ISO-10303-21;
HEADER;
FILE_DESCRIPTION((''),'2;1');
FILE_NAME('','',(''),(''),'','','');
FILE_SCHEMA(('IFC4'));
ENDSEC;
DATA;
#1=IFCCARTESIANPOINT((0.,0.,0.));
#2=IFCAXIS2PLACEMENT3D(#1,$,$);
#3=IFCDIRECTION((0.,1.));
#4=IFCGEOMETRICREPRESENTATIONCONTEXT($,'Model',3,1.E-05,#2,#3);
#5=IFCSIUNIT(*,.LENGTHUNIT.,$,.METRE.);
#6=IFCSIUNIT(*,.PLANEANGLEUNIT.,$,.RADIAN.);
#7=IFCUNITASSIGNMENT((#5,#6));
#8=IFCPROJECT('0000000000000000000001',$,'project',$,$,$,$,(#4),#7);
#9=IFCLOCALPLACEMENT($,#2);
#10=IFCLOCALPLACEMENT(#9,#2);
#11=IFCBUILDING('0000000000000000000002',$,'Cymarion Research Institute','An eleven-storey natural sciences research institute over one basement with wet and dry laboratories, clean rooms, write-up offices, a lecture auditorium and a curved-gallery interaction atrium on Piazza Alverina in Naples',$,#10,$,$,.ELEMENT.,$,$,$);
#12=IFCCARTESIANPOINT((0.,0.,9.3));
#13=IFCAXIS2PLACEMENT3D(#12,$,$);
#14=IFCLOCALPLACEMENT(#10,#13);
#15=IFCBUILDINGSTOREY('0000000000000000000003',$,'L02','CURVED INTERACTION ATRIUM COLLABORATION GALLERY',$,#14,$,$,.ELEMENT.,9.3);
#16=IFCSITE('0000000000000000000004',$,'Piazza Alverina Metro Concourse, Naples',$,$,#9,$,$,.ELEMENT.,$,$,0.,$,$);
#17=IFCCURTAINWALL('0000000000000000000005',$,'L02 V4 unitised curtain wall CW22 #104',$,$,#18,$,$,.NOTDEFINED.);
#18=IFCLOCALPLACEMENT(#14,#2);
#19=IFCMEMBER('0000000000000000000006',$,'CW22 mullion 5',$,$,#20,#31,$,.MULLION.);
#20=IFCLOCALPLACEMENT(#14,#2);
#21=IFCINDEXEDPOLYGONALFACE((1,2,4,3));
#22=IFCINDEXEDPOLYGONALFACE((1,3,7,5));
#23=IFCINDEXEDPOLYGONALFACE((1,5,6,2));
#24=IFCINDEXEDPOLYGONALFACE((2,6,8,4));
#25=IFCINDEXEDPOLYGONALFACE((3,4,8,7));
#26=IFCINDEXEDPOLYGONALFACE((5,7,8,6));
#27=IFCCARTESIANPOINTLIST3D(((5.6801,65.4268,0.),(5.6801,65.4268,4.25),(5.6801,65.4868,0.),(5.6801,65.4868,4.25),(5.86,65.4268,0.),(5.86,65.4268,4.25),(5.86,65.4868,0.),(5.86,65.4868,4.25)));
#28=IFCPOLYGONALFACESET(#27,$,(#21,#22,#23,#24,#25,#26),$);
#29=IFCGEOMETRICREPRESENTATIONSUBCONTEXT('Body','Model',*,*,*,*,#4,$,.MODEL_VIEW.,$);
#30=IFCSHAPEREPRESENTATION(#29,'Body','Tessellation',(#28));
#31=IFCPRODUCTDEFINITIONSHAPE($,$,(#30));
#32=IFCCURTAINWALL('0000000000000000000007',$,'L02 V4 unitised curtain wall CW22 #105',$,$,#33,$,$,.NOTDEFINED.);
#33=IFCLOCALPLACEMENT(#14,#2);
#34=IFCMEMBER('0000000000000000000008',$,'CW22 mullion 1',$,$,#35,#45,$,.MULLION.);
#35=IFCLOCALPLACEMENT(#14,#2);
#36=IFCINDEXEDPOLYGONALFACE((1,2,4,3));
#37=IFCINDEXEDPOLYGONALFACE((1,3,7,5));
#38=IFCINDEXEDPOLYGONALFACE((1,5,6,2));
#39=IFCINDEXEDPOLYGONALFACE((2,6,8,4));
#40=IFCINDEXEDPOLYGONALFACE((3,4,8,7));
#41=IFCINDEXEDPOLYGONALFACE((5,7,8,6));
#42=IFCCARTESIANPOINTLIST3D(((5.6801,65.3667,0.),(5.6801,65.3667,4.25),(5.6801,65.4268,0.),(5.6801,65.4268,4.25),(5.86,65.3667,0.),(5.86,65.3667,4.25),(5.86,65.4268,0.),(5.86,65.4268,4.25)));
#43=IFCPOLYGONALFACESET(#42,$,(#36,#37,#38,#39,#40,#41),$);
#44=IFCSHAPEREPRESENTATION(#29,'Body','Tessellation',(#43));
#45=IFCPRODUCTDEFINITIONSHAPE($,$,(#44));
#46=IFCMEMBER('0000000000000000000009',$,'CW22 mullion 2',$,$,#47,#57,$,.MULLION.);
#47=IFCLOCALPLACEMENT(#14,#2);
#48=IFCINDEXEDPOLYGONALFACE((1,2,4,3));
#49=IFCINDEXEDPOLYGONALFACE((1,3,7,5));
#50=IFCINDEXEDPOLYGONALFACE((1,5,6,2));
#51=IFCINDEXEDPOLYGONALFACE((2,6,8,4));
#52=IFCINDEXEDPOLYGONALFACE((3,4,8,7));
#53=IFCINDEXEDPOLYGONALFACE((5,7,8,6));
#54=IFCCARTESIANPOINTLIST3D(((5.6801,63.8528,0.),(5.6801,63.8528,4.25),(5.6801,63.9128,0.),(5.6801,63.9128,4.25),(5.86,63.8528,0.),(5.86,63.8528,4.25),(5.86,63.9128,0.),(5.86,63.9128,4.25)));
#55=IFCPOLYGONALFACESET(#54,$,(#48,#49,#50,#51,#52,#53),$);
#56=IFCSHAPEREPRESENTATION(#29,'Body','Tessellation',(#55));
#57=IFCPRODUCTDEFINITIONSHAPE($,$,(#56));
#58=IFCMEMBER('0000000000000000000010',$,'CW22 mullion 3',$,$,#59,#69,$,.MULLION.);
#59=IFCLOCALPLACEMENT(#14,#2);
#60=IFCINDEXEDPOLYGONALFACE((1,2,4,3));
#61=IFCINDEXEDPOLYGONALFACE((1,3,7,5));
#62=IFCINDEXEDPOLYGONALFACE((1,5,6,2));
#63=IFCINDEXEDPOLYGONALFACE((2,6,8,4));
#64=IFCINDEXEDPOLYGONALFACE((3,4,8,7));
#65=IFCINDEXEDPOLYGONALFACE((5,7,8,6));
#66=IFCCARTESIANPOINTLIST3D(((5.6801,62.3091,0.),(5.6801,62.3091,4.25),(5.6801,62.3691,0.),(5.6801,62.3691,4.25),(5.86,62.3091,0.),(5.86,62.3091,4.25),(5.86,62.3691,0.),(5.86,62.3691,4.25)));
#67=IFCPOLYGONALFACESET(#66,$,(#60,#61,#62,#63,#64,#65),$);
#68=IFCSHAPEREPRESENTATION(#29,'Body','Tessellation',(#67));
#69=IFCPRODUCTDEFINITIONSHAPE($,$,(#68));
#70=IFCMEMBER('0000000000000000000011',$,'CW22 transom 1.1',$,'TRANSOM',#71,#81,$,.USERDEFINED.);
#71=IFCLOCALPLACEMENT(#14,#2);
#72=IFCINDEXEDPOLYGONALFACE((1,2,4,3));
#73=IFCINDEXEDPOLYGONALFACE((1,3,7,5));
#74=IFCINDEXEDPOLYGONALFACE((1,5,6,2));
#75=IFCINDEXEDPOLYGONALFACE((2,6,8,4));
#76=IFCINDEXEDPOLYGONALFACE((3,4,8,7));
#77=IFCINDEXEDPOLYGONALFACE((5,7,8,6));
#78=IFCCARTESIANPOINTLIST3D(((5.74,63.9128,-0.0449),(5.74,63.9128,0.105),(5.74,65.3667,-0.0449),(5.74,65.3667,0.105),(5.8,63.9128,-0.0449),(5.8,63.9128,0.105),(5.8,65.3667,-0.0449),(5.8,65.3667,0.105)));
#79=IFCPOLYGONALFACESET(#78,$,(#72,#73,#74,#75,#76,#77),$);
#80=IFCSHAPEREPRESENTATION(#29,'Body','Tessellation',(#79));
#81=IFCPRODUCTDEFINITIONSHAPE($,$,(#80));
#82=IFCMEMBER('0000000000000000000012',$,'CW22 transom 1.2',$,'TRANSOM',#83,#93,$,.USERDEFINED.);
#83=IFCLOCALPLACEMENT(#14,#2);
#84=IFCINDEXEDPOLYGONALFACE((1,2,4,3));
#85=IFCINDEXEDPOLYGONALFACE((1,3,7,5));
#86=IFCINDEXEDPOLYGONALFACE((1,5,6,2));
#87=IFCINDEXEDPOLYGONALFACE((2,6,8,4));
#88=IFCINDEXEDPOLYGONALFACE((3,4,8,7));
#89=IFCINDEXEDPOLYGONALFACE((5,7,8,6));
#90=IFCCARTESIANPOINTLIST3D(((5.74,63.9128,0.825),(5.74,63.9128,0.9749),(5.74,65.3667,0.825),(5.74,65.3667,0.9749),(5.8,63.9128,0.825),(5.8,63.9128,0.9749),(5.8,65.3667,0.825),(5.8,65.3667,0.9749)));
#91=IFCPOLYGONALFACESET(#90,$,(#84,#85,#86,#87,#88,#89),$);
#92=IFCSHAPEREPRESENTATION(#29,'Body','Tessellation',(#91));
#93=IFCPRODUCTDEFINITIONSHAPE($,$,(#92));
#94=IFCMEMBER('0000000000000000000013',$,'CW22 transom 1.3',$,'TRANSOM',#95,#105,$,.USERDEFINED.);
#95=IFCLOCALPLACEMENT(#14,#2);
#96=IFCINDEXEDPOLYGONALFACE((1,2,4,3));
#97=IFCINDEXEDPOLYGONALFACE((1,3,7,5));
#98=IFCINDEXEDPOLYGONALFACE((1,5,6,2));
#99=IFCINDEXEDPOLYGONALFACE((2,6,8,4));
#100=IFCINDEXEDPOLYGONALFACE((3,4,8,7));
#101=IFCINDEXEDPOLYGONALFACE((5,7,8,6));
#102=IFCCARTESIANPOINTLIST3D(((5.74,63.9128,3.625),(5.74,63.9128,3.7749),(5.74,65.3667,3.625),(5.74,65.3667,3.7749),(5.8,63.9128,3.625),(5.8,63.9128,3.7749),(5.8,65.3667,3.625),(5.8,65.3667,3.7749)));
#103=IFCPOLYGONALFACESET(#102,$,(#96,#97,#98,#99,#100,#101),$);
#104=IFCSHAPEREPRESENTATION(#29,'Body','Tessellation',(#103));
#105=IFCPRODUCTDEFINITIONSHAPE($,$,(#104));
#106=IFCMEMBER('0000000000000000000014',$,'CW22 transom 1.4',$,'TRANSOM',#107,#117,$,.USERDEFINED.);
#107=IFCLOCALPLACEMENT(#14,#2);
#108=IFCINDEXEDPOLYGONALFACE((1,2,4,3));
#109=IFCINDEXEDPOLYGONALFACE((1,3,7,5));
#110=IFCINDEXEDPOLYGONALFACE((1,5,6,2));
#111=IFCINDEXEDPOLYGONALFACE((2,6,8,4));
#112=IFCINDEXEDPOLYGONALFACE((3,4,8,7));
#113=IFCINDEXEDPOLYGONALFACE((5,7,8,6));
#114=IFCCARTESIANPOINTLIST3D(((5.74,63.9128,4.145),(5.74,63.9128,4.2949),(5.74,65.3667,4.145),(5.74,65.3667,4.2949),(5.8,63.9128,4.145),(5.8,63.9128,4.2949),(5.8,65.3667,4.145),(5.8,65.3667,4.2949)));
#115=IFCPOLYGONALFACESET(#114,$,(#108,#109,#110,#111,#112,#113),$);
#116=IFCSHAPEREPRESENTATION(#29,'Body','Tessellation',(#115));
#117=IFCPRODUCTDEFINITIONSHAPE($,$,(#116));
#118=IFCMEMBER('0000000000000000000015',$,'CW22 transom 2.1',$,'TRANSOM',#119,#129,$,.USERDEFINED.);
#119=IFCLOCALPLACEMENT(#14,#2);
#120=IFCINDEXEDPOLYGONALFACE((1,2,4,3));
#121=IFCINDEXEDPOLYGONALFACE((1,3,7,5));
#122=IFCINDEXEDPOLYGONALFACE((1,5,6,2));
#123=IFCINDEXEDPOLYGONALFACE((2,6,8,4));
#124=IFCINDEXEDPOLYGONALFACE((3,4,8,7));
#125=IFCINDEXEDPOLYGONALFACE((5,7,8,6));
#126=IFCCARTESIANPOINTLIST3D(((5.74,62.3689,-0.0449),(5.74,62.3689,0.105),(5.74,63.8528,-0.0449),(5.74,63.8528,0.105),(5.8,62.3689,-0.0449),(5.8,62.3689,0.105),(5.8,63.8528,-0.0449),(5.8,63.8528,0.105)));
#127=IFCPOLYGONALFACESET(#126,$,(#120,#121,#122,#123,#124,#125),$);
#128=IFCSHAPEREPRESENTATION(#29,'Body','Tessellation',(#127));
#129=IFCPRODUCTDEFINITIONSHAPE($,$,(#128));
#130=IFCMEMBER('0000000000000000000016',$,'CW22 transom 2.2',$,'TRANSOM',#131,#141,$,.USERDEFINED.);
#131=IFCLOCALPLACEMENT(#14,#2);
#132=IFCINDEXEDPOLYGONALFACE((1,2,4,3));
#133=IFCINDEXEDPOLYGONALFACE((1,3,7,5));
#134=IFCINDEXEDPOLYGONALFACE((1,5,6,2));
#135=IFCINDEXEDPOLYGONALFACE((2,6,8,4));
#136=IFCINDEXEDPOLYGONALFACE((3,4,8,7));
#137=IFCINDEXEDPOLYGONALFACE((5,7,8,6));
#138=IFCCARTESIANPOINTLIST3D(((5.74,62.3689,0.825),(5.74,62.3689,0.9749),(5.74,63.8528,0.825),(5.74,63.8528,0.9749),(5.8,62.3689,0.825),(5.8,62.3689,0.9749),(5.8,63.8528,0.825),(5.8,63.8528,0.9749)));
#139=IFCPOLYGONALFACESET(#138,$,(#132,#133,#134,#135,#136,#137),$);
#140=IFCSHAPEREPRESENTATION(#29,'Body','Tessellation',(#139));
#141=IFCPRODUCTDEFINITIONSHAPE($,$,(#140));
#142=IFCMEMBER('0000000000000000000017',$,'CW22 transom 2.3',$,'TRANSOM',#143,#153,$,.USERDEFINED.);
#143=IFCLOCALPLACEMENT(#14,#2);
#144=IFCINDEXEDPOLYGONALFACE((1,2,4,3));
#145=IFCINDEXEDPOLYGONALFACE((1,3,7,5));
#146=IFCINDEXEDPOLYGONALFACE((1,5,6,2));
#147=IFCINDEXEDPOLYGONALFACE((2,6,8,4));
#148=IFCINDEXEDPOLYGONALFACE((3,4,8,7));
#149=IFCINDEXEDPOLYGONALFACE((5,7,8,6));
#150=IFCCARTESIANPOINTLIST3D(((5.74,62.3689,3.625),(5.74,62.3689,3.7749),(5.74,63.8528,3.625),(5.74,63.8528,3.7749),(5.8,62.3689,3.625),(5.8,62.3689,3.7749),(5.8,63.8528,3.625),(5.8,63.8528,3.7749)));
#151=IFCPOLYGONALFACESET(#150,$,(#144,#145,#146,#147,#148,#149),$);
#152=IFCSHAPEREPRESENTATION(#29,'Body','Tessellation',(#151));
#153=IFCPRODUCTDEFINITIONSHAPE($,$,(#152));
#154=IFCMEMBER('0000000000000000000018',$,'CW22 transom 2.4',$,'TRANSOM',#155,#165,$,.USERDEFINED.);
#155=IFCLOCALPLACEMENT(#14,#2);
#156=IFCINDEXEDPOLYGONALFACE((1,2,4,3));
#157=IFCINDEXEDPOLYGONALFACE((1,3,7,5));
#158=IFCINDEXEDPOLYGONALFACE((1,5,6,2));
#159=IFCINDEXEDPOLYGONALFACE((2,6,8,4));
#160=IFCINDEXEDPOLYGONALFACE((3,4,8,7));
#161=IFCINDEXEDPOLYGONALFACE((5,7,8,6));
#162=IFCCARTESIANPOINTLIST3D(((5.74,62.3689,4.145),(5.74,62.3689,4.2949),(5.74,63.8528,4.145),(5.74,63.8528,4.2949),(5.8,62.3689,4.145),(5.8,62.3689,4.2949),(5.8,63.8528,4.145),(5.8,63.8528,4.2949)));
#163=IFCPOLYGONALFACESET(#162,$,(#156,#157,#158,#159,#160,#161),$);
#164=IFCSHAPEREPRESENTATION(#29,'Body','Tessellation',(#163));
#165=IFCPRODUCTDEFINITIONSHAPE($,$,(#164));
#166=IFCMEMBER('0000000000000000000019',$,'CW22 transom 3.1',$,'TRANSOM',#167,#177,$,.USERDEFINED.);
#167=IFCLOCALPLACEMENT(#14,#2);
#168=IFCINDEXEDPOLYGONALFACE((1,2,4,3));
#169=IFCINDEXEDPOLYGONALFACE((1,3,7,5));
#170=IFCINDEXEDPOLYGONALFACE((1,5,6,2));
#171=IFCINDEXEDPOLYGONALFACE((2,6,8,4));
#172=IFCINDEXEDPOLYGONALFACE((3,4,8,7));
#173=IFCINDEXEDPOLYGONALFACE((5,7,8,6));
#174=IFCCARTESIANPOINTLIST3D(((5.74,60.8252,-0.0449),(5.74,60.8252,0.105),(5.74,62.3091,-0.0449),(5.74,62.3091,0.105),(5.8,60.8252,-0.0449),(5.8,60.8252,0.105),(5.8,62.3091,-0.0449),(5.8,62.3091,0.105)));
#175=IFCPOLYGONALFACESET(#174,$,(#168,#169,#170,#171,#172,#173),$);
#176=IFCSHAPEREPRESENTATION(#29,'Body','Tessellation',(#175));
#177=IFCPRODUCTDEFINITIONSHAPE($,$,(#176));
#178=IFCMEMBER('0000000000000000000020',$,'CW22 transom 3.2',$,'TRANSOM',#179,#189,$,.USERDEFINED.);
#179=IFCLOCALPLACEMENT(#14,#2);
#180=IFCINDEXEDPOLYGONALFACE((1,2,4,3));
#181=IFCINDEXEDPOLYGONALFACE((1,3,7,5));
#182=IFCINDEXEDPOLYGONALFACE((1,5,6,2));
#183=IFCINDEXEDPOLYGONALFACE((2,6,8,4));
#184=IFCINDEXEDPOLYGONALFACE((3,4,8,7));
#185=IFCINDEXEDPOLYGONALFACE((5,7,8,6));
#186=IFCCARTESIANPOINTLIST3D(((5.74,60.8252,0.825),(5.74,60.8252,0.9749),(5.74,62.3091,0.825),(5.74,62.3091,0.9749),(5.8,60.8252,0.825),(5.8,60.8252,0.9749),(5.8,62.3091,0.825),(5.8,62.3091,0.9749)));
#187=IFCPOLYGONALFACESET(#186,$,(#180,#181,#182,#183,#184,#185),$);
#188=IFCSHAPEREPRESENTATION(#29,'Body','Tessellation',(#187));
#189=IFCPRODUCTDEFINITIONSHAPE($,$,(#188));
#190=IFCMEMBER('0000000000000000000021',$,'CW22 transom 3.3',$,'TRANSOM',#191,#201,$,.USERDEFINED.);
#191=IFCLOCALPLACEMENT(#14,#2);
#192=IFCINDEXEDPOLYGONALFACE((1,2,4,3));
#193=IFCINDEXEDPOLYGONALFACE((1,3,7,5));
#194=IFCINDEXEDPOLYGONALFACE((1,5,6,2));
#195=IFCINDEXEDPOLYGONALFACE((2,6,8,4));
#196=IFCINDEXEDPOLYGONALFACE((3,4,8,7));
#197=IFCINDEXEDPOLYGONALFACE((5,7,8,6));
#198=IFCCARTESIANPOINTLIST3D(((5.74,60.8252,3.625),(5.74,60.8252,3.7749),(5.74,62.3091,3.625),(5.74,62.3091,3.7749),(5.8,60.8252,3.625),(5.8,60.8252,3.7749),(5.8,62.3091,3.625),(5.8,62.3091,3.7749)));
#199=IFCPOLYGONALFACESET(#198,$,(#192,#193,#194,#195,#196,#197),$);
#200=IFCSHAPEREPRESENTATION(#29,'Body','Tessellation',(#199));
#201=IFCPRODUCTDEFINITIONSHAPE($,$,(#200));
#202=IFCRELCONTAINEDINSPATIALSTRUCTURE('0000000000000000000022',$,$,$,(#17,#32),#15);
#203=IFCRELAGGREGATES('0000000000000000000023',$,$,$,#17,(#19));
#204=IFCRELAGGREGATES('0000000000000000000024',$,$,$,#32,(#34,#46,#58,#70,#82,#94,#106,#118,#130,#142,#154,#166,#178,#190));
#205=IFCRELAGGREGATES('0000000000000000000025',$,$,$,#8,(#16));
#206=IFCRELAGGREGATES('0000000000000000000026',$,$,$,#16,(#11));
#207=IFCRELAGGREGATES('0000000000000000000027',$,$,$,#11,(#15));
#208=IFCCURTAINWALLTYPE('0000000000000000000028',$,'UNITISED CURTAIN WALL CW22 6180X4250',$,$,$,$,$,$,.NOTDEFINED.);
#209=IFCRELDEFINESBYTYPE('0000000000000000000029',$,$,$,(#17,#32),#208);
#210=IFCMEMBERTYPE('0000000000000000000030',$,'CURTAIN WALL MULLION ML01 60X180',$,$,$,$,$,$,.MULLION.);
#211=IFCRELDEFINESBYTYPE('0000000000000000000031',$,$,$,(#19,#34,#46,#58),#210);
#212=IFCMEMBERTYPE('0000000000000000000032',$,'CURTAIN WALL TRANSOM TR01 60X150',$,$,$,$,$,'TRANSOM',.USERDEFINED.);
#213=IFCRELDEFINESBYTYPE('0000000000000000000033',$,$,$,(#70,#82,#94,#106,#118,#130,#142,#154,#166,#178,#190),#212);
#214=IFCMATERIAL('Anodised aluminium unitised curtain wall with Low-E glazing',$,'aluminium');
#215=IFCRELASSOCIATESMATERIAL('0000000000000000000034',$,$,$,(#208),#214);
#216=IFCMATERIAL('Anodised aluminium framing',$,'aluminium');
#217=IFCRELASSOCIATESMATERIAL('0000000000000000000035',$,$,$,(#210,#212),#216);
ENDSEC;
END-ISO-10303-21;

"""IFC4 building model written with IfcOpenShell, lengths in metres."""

from ifc_helpers import new_model, si_unit, direction, frame, origin, origin_2d, place, context, subcontext, project, spatial, rectangle, extrude, material, material_profile, profile_set, type_object, element, aggregate, save


model = new_model("IFC4")

# Units and contexts
model_context = context("Model", 3, precision=1e-05, world=origin(), true_north=direction((0.0, 1.0)))
body_context = subcontext(model_context, "Body", "Model", "MODEL_VIEW")
ifc_project = project(units=[si_unit("LENGTHUNIT", "METRE"), si_unit("PLANEANGLEUNIT", "RADIAN")], contexts=[model_context])

# Site, building, storey
site_placement = place(None, origin())
site = spatial("IfcSite", under=ifc_project, at=site_placement, Name="Piazza Alverina Metro Concourse, Naples", CompositionType="ELEMENT", RefElevation=0.0)
building_placement = place(site_placement, origin())
building = spatial("IfcBuilding", under=site, at=building_placement, Name="Cymarion Research Institute", Description="An eleven-storey natural sciences research institute over one basement with wet and dry laboratories, clean rooms, write-up offices, a lecture auditorium and a curved-gallery interaction atrium on Piazza Alverina in Naples", CompositionType="ELEMENT")
storey_placement = place(building_placement, frame((0.0, 0.0, 9.3)))
storey = spatial("IfcBuildingStorey", under=building, at=storey_placement, Name="L02", Description="CURVED INTERACTION ATRIUM COLLABORATION GALLERY", CompositionType="ELEMENT", Elevation=9.3)

# Curtain wall, member
ifc_material_1 = material(Name="Anodised aluminium unitised curtain wall with Low-E glazing", Category="aluminium")
curtain_wall_type = type_object("IfcCurtainWallType", Name="UNITISED CURTAIN WALL CW22 6180X4250", PredefinedType="NOTDEFINED", material=ifc_material_1)
curtain_wall_1_placement = place(storey_placement, origin())
curtain_wall_1 = element("IfcCurtainWall", 1, at=curtain_wall_1_placement, inside=storey, type_object=curtain_wall_type, Name="L02 V4 unitised curtain wall CW22 #104", PredefinedType="NOTDEFINED")
ifc_material_2 = material(Name="Anodised aluminium framing", Category="aluminium")
ifc_material_profile_1 = material_profile(ifc_material_2, rectangle(XDim=0.0601, YDim=0.1799, at=origin_2d()), Name="ALU MULLION 60x180")
ifc_profile_set_1 = profile_set([ifc_material_profile_1], Name="Anodised aluminium framing")
member_type_1 = type_object("IfcMemberType", Name="CURTAIN WALL MULLION ML01 60X180", PredefinedType="MULLION", material=ifc_profile_set_1)
member_1_placement = place(storey_placement, frame((5.77, 65.4568, 0.0), z_axis=(0.0, 0.0, 1.0), x_axis=(0.0, -1.0, 0.0)))
member_1 = element("IfcMember", 2, at=member_1_placement, type_object=member_type_1, Name="CW22 mullion 5", PredefinedType="MULLION", context=body_context, shape_type="SweptSolid", body=[
    extrude(rectangle(XDim=0.0601, YDim=0.1799, at=origin_2d()), origin(), (0.0, 0.0, 1.0), 4.25),
])
aggregate(curtain_wall_1, [member_1])

# Curtain wall, members
curtain_wall_2_placement = place(storey_placement, origin())
curtain_wall_2 = element("IfcCurtainWall", 3, at=curtain_wall_2_placement, inside=storey, type_object=curtain_wall_type, Name="L02 V4 unitised curtain wall CW22 #105", PredefinedType="NOTDEFINED")
member_2_placement = place(storey_placement, frame((5.77, 65.3967, 0.0), z_axis=(0.0, 0.0, 1.0), x_axis=(0.0, -1.0, 0.0)))
member_2 = element("IfcMember", 4, at=member_2_placement, type_object=member_type_1, Name="CW22 mullion 1", PredefinedType="MULLION", context=body_context, shape_type="SweptSolid", body=[
    extrude(rectangle(XDim=0.0601, YDim=0.1799, at=origin_2d()), origin(), (0.0, 0.0, 1.0), 4.25),
])
member_3_placement = place(storey_placement, frame((5.77, 63.8828, 0.0), z_axis=(0.0, 0.0, 1.0), x_axis=(0.0, -1.0, 0.0)))
member_3 = element("IfcMember", 5, at=member_3_placement, type_object=member_type_1, Name="CW22 mullion 2", PredefinedType="MULLION", context=body_context, shape_type="SweptSolid", body=[
    extrude(rectangle(XDim=0.0601, YDim=0.1799, at=origin_2d()), origin(), (0.0, 0.0, 1.0), 4.25),
])
member_4_placement = place(storey_placement, frame((5.77, 62.3391, 0.0), z_axis=(0.0, 0.0, 1.0), x_axis=(0.0, -1.0, 0.0)))
member_4 = element("IfcMember", 6, at=member_4_placement, type_object=member_type_1, Name="CW22 mullion 3", PredefinedType="MULLION", context=body_context, shape_type="SweptSolid", body=[
    extrude(rectangle(XDim=0.0601, YDim=0.1799, at=origin_2d()), origin(), (0.0, 0.0, 1.0), 4.25),
])
ifc_material_profile_2 = material_profile(ifc_material_2, rectangle(XDim=0.0601, YDim=0.1499, at=origin_2d()), Name="ALU TRANSOM 60x150")
ifc_profile_set_2 = profile_set([ifc_material_profile_2], Name="Anodised aluminium framing")
member_type_2 = type_object("IfcMemberType", Name="CURTAIN WALL TRANSOM TR01 60X150", ElementType="TRANSOM", PredefinedType="USERDEFINED", material=ifc_profile_set_2)
member_5_placement = place(storey_placement, frame((5.77, 65.3667, 0.03), z_axis=(0.0, -1.0, 0.0), x_axis=(1.0, 0.0, 0.0)))
member_5 = element("IfcMember", 7, at=member_5_placement, type_object=member_type_2, Name="CW22 transom 1.1", ObjectType="TRANSOM", PredefinedType="USERDEFINED", context=body_context, shape_type="SweptSolid", body=[
    extrude(rectangle(XDim=0.0601, YDim=0.1499, at=origin_2d()), origin(), (0.0, 0.0, 1.0), 1.4539),
])
member_6_placement = place(storey_placement, frame((5.77, 65.3667, 0.8999), z_axis=(0.0, -1.0, 0.0), x_axis=(1.0, 0.0, 0.0)))
member_6 = element("IfcMember", 8, at=member_6_placement, type_object=member_type_2, Name="CW22 transom 1.2", ObjectType="TRANSOM", PredefinedType="USERDEFINED", context=body_context, shape_type="SweptSolid", body=[
    extrude(rectangle(XDim=0.0601, YDim=0.1499, at=origin_2d()), origin(), (0.0, 0.0, 1.0), 1.4539),
])
member_7_placement = place(storey_placement, frame((5.77, 65.3667, 3.7), z_axis=(0.0, -1.0, 0.0), x_axis=(1.0, 0.0, 0.0)))
member_7 = element("IfcMember", 9, at=member_7_placement, type_object=member_type_2, Name="CW22 transom 1.3", ObjectType="TRANSOM", PredefinedType="USERDEFINED", context=body_context, shape_type="SweptSolid", body=[
    extrude(rectangle(XDim=0.0601, YDim=0.1499, at=origin_2d()), origin(), (0.0, 0.0, 1.0), 1.4539),
])
member_8_placement = place(storey_placement, frame((5.77, 65.3667, 4.22), z_axis=(0.0, -1.0, 0.0), x_axis=(1.0, 0.0, 0.0)))
member_8 = element("IfcMember", 10, at=member_8_placement, type_object=member_type_2, Name="CW22 transom 1.4", ObjectType="TRANSOM", PredefinedType="USERDEFINED", context=body_context, shape_type="SweptSolid", body=[
    extrude(rectangle(XDim=0.0601, YDim=0.1499, at=origin_2d()), origin(), (0.0, 0.0, 1.0), 1.4539),
])
member_9_placement = place(storey_placement, frame((5.77, 63.8528, 0.03), z_axis=(0.0, -1.0, 0.0), x_axis=(1.0, 0.0, 0.0)))
member_9 = element("IfcMember", 11, at=member_9_placement, type_object=member_type_2, Name="CW22 transom 2.1", ObjectType="TRANSOM", PredefinedType="USERDEFINED", context=body_context, shape_type="SweptSolid", body=[
    extrude(rectangle(XDim=0.0601, YDim=0.1499, at=origin_2d()), origin(), (0.0, 0.0, 1.0), 1.4839),
])
member_10_placement = place(storey_placement, frame((5.77, 63.8528, 0.8999), z_axis=(0.0, -1.0, 0.0), x_axis=(1.0, 0.0, 0.0)))
member_10 = element("IfcMember", 12, at=member_10_placement, type_object=member_type_2, Name="CW22 transom 2.2", ObjectType="TRANSOM", PredefinedType="USERDEFINED", context=body_context, shape_type="SweptSolid", body=[
    extrude(rectangle(XDim=0.0601, YDim=0.1499, at=origin_2d()), origin(), (0.0, 0.0, 1.0), 1.4839),
])
member_11_placement = place(storey_placement, frame((5.77, 63.8528, 3.7), z_axis=(0.0, -1.0, 0.0), x_axis=(1.0, 0.0, 0.0)))
member_11 = element("IfcMember", 13, at=member_11_placement, type_object=member_type_2, Name="CW22 transom 2.3", ObjectType="TRANSOM", PredefinedType="USERDEFINED", context=body_context, shape_type="SweptSolid", body=[
    extrude(rectangle(XDim=0.0601, YDim=0.1499, at=origin_2d()), origin(), (0.0, 0.0, 1.0), 1.4839),
])
member_12_placement = place(storey_placement, frame((5.77, 63.8528, 4.22), z_axis=(0.0, -1.0, 0.0), x_axis=(1.0, 0.0, 0.0)))
member_12 = element("IfcMember", 14, at=member_12_placement, type_object=member_type_2, Name="CW22 transom 2.4", ObjectType="TRANSOM", PredefinedType="USERDEFINED", context=body_context, shape_type="SweptSolid", body=[
    extrude(rectangle(XDim=0.0601, YDim=0.1499, at=origin_2d()), origin(), (0.0, 0.0, 1.0), 1.4839),
])
member_13_placement = place(storey_placement, frame((5.77, 62.3091, 0.03), z_axis=(0.0, -1.0, 0.0), x_axis=(1.0, 0.0, 0.0)))
member_13 = element("IfcMember", 15, at=member_13_placement, type_object=member_type_2, Name="CW22 transom 3.1", ObjectType="TRANSOM", PredefinedType="USERDEFINED", context=body_context, shape_type="SweptSolid", body=[
    extrude(rectangle(XDim=0.0601, YDim=0.1499, at=origin_2d()), origin(), (0.0, 0.0, 1.0), 1.4839),
])
member_14_placement = place(storey_placement, frame((5.77, 62.3091, 0.8999), z_axis=(0.0, -1.0, 0.0), x_axis=(1.0, 0.0, 0.0)))
member_14 = element("IfcMember", 16, at=member_14_placement, type_object=member_type_2, Name="CW22 transom 3.2", ObjectType="TRANSOM", PredefinedType="USERDEFINED", context=body_context, shape_type="SweptSolid", body=[
    extrude(rectangle(XDim=0.0601, YDim=0.1499, at=origin_2d()), origin(), (0.0, 0.0, 1.0), 1.4839),
])
member_15_placement = place(storey_placement, frame((5.77, 62.3091, 3.7), z_axis=(0.0, -1.0, 0.0), x_axis=(1.0, 0.0, 0.0)))
member_15 = element("IfcMember", 17, at=member_15_placement, type_object=member_type_2, Name="CW22 transom 3.3", ObjectType="TRANSOM", PredefinedType="USERDEFINED", context=body_context, shape_type="SweptSolid", body=[
    extrude(rectangle(XDim=0.0601, YDim=0.1499, at=origin_2d()), origin(), (0.0, 0.0, 1.0), 1.4839),
])
aggregate(curtain_wall_2, [member_2, member_3, member_4, member_5, member_6, member_7, member_8, member_9, member_10, member_11, member_12, member_13, member_14, member_15])

save(model, "model.ifc")
